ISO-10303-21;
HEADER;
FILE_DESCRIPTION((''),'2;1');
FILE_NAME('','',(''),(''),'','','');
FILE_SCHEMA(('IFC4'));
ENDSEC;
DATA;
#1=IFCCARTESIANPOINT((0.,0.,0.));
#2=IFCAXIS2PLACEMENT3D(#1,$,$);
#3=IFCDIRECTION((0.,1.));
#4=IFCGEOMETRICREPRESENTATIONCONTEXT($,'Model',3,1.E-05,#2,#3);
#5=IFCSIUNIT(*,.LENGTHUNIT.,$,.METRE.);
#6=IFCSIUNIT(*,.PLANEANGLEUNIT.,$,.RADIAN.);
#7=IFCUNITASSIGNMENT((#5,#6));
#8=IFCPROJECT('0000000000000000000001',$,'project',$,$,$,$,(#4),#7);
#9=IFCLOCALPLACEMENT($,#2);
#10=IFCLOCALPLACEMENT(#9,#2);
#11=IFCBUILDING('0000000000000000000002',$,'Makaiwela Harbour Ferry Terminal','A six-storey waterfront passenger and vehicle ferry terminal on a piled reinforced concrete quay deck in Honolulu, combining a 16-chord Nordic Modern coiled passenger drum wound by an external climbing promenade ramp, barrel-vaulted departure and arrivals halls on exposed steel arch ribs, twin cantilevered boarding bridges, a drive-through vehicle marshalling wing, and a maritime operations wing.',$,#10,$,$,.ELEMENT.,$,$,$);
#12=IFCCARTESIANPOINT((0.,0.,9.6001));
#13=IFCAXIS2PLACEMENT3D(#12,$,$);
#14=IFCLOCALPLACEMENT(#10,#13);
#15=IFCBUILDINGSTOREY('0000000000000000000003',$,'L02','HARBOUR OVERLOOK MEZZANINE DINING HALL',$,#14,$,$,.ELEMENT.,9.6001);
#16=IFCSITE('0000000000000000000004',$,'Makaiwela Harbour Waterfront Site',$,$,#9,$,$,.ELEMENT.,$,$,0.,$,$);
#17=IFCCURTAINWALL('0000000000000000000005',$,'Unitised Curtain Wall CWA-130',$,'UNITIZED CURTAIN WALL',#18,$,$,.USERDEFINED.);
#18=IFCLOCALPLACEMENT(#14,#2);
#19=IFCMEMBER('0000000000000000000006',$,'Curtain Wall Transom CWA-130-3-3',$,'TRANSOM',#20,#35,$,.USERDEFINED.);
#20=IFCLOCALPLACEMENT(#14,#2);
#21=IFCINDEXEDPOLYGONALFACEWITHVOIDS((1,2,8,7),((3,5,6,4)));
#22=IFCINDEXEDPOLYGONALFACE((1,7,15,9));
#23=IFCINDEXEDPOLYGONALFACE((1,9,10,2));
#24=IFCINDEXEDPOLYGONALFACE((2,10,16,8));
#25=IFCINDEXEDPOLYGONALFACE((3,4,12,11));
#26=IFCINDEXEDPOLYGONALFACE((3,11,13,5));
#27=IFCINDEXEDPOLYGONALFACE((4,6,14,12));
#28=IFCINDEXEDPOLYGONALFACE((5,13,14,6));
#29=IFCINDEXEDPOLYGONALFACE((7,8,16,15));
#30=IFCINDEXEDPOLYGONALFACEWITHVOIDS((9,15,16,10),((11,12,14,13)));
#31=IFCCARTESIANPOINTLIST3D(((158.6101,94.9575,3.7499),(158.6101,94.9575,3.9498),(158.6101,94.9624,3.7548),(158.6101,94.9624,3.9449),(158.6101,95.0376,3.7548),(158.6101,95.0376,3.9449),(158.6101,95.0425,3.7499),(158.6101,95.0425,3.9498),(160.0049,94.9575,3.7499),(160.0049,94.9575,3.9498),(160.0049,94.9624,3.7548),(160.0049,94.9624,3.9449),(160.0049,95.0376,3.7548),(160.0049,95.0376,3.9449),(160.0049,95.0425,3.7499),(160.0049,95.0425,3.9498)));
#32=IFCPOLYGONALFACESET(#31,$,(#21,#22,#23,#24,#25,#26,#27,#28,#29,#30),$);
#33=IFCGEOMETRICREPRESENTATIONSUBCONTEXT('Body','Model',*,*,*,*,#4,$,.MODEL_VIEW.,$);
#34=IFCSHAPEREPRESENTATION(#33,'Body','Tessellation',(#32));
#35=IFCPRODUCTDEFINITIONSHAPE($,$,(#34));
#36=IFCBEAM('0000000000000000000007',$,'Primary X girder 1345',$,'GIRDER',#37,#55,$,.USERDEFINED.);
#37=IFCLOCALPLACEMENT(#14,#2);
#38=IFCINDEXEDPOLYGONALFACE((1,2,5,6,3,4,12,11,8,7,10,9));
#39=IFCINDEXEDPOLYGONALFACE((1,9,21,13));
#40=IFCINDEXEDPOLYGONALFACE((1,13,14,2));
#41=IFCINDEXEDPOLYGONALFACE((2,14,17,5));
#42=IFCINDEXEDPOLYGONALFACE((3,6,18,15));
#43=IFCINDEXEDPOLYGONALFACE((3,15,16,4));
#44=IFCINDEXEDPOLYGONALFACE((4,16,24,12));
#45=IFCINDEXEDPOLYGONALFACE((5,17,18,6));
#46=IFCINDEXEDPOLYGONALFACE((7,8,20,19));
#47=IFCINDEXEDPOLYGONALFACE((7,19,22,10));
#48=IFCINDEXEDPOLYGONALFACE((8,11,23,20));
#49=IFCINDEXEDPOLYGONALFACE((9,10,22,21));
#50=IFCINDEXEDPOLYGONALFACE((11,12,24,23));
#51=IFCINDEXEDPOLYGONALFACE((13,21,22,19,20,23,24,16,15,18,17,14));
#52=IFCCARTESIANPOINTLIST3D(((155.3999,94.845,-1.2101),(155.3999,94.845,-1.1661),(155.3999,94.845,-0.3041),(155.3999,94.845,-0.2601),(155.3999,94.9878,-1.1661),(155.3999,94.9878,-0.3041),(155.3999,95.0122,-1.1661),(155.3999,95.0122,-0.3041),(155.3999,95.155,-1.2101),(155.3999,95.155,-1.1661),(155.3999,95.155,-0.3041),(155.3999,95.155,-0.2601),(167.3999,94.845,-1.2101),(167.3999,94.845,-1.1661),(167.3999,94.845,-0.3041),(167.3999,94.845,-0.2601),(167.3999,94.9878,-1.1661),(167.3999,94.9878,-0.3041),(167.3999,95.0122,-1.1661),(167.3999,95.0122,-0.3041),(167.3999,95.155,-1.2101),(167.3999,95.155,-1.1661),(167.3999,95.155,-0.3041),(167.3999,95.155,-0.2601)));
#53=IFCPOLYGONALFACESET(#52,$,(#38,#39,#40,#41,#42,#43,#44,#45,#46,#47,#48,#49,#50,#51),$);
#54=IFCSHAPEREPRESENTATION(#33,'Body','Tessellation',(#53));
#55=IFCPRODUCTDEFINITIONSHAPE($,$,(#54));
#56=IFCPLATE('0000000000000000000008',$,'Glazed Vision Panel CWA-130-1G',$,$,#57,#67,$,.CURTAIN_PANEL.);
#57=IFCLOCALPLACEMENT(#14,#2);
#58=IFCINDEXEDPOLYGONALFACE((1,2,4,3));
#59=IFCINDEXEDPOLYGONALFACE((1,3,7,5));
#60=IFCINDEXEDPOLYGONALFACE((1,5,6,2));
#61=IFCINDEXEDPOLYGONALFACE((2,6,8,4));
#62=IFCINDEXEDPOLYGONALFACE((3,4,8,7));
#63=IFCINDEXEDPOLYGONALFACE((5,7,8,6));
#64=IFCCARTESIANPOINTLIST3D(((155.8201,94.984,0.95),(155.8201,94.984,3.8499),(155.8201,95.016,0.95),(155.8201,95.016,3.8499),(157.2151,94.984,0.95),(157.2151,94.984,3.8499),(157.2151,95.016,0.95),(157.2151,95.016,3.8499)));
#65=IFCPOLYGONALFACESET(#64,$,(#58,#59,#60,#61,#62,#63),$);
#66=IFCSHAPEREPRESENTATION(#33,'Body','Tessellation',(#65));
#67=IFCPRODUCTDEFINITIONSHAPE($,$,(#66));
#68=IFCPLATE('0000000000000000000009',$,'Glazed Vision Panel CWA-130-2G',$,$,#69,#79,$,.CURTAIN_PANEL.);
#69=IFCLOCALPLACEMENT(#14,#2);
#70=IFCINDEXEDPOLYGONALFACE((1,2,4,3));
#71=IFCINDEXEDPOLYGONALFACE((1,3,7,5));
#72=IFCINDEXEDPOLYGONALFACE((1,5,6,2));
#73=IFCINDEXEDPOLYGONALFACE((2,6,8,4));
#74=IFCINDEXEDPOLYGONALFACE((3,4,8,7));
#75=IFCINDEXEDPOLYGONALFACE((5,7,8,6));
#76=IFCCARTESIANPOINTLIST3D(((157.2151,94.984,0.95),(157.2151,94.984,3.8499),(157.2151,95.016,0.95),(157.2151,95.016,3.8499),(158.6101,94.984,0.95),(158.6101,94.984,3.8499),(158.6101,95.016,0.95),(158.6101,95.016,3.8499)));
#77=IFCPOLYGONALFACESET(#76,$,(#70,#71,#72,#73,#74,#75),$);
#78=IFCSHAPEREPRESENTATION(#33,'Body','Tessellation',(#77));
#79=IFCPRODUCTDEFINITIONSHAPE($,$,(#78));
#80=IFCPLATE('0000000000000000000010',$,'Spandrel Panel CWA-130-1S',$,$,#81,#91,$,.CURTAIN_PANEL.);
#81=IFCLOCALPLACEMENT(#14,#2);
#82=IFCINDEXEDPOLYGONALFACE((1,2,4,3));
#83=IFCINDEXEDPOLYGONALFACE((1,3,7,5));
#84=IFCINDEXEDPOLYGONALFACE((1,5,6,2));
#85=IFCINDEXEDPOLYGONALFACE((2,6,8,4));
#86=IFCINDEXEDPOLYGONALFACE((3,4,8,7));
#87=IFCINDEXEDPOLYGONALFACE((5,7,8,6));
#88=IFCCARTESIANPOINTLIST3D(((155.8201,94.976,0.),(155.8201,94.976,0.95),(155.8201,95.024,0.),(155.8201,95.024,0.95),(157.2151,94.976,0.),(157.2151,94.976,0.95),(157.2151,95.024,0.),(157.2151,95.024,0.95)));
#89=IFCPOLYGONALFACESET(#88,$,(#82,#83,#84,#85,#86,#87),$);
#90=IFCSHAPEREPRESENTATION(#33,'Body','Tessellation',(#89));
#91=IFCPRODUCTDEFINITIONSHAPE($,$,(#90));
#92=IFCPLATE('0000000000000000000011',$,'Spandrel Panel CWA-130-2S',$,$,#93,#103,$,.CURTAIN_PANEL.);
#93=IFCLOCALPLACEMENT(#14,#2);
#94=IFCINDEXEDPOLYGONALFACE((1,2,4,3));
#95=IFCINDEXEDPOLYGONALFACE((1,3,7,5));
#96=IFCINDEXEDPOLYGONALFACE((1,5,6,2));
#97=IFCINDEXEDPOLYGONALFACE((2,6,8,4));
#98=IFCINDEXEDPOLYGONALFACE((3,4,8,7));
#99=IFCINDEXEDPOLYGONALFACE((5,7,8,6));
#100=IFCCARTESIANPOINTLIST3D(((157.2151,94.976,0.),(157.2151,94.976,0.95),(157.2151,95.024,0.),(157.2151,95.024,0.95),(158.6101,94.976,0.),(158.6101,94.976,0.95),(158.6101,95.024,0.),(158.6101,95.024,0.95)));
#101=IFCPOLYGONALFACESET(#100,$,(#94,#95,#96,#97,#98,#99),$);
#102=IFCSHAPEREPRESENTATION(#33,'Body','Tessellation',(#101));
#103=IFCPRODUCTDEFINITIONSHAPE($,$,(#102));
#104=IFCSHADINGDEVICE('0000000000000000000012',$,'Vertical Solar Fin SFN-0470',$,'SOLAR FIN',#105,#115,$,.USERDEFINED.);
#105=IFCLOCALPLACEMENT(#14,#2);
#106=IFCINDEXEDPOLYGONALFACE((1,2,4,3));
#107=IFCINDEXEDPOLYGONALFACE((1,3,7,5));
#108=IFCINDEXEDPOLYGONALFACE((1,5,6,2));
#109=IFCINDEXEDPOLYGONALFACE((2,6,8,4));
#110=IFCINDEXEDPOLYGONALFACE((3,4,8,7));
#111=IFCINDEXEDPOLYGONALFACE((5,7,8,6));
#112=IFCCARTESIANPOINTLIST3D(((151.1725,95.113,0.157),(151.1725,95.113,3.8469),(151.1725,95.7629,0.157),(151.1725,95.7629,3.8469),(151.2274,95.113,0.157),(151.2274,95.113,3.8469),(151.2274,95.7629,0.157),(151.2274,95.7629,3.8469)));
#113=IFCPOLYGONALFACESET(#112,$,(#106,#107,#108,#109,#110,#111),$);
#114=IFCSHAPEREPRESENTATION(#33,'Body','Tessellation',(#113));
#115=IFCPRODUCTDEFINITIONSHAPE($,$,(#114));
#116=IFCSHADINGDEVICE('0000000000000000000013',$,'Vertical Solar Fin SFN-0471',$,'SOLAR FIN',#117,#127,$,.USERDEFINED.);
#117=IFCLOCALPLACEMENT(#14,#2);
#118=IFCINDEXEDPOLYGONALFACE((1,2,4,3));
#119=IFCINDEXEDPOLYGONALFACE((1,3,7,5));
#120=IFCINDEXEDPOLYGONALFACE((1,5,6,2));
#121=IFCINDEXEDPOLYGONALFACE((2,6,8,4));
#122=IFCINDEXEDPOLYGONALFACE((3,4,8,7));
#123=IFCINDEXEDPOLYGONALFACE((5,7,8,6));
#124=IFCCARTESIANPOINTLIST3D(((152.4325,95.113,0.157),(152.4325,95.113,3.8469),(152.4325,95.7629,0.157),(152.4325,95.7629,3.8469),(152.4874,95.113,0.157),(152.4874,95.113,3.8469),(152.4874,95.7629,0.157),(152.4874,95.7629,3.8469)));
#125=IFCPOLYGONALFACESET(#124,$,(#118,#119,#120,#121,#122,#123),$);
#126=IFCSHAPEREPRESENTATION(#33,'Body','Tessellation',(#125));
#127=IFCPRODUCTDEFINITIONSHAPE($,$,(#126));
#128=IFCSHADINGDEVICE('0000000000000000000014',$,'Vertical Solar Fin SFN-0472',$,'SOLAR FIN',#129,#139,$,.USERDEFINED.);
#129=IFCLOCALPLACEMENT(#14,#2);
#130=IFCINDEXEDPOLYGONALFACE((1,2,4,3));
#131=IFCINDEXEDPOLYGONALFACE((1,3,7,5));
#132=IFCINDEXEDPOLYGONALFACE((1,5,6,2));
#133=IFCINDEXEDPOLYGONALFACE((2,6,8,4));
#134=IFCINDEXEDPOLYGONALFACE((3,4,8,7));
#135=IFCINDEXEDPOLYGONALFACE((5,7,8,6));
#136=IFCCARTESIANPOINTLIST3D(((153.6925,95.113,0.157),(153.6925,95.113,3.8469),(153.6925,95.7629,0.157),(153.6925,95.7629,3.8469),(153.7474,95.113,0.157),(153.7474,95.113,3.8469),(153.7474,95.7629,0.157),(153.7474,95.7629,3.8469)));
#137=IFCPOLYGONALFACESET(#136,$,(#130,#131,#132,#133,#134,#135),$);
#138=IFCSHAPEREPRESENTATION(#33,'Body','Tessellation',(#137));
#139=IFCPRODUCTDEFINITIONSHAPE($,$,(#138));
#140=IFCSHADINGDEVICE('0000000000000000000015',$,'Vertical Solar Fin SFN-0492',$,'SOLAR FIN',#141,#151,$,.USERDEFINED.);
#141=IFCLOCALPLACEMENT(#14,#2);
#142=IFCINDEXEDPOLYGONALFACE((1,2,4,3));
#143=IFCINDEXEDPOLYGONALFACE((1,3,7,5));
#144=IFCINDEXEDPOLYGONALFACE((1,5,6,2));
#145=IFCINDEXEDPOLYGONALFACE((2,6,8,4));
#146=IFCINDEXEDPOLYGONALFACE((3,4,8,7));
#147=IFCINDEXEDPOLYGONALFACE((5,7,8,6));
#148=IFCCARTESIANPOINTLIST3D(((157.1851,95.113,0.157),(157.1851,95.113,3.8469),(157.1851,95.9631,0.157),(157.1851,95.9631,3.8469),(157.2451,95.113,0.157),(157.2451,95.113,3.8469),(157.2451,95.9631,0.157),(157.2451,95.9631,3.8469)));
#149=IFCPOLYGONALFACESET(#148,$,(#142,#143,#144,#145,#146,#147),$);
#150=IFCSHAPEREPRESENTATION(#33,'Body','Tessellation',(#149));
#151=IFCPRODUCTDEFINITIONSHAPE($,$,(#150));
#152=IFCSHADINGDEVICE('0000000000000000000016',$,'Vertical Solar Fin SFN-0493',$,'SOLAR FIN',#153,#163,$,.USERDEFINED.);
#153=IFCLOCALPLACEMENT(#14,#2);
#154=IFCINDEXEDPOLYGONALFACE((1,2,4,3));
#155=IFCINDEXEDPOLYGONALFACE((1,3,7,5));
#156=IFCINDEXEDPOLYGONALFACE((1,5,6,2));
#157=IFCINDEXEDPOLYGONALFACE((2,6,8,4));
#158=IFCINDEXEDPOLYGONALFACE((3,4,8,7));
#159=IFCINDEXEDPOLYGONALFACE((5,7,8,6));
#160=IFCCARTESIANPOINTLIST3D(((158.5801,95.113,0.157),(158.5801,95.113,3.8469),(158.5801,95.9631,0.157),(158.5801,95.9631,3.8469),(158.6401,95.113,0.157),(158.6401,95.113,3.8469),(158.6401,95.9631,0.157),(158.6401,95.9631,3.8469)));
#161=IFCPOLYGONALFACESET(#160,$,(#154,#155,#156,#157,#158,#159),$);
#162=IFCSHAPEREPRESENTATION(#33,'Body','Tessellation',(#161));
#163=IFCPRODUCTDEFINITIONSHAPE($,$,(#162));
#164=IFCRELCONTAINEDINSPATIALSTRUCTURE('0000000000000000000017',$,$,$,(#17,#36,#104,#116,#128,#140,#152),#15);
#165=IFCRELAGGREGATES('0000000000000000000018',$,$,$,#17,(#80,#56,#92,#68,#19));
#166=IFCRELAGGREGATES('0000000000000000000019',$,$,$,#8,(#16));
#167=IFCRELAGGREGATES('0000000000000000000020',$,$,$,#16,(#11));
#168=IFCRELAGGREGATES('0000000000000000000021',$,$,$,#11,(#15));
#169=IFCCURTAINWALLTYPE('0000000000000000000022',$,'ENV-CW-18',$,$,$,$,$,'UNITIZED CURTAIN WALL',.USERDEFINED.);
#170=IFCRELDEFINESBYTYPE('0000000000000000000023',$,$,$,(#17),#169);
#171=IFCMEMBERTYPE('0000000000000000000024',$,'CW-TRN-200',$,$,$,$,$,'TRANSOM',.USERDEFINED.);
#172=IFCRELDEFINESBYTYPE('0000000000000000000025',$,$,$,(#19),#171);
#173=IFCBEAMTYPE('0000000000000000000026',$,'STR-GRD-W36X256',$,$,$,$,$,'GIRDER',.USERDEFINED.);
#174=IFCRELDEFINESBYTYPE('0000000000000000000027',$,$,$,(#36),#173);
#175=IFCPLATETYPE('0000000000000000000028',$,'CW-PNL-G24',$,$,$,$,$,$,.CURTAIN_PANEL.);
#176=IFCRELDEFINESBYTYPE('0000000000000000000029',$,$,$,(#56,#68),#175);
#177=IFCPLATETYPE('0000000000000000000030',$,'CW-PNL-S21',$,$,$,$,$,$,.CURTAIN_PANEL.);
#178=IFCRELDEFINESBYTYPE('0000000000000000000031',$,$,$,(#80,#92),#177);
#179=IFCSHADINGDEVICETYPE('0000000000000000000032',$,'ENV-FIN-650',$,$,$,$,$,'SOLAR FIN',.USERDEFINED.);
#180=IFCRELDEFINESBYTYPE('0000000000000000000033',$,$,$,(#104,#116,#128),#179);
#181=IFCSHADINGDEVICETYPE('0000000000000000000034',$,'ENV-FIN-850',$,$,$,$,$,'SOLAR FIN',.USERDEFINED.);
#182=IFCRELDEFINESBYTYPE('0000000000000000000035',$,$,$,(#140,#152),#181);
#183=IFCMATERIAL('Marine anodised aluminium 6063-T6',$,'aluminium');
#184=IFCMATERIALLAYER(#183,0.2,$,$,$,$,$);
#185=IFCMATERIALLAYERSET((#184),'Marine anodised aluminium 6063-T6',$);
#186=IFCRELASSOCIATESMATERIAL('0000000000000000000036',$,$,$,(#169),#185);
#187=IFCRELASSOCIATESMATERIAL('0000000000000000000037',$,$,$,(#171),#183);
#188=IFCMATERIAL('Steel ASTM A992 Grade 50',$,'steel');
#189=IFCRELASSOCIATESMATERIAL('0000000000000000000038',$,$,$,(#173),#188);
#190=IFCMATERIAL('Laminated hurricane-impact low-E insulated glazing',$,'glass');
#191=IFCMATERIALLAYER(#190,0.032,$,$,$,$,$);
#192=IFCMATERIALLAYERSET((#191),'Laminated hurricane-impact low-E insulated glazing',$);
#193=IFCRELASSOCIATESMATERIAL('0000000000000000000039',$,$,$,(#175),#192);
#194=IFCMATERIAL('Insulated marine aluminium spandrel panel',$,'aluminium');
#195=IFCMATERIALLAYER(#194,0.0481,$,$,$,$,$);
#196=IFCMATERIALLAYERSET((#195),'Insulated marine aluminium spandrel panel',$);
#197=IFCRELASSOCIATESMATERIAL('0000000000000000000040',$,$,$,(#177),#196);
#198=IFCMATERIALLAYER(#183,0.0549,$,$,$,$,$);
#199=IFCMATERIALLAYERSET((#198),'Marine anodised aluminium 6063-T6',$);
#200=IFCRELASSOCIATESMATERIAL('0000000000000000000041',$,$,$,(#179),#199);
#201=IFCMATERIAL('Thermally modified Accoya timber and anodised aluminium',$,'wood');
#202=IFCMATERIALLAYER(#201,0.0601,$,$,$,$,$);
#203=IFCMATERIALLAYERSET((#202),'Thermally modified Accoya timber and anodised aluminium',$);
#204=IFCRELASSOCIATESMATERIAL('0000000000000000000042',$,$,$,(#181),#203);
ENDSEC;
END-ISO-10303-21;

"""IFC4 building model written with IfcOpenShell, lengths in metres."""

from ifc_helpers import new_model, si_unit, direction, frame, origin, origin_2d, place, context, subcontext, project, spatial, rectangle, hollow_rectangle, i_section, extrude, material, layer, layer_set, material_profile, profile_set, type_object, element, aggregate, save


model = new_model("IFC4")

# Units and contexts
model_context = context("Model", 3, precision=1e-05, world=origin(), true_north=direction((0.0, 1.0)))
body_context = subcontext(model_context, "Body", "Model", "MODEL_VIEW")
ifc_project = project(units=[si_unit("LENGTHUNIT", "METRE"), si_unit("PLANEANGLEUNIT", "RADIAN")], contexts=[model_context])

# Site, building, storey
site_placement = place(None, origin())
site = spatial("IfcSite", under=ifc_project, at=site_placement, Name="Makaiwela Harbour Waterfront Site", CompositionType="ELEMENT", RefElevation=0.0)
building_placement = place(site_placement, origin())
building = spatial("IfcBuilding", under=site, at=building_placement, Name="Makaiwela Harbour Ferry Terminal", Description="A six-storey waterfront passenger and vehicle ferry terminal on a piled reinforced concrete quay deck in Honolulu, combining a 16-chord Nordic Modern coiled passenger drum wound by an external climbing promenade ramp, barrel-vaulted departure and arrivals halls on exposed steel arch ribs, twin cantilevered boarding bridges, a drive-through vehicle marshalling wing, and a maritime operations wing.", CompositionType="ELEMENT")
storey_placement = place(building_placement, frame((0.0, 0.0, 9.6001)))
storey = spatial("IfcBuildingStorey", under=building, at=storey_placement, Name="L02", Description="HARBOUR OVERLOOK MEZZANINE DINING HALL", CompositionType="ELEMENT", Elevation=9.6001)

# Curtain wall, member
ifc_material_1 = material(Name="Marine anodised aluminium 6063-T6", Category="aluminium")
ifc_layer_1 = layer(ifc_material_1, 0.2)
ifc_layer_set_1 = layer_set([ifc_layer_1], Name="Marine anodised aluminium 6063-T6")
curtain_wall_type = type_object("IfcCurtainWallType", Name="ENV-CW-18", ElementType="UNITIZED CURTAIN WALL", PredefinedType="USERDEFINED", material=ifc_layer_set_1)
curtain_wall_placement = place(storey_placement, origin())
curtain_wall = element("IfcCurtainWall", 1, at=curtain_wall_placement, inside=storey, type_object=curtain_wall_type, Name="Unitised Curtain Wall CWA-130", ObjectType="UNITIZED CURTAIN WALL", PredefinedType="USERDEFINED")
ifc_material_profile_1 = material_profile(ifc_material_1, hollow_rectangle(XDim=0.085, YDim=0.2, WallThickness=0.0049, at=origin_2d()), Name="CWT-200X85")
ifc_profile_set_1 = profile_set([ifc_material_profile_1], Name="Marine anodised aluminium 6063-T6")
member_type_1 = type_object("IfcMemberType", Name="CW-TRN-200", ElementType="TRANSOM", PredefinedType="USERDEFINED", material=ifc_profile_set_1)
member_1_placement = place(storey_placement, frame((158.6101, 95.0, 3.8499), z_axis=(1.0, 0.0, 0.0), x_axis=(0.0, 1.0, 0.0)))
member_1 = element("IfcMember", 2, at=member_1_placement, type_object=member_type_1, Name="Curtain Wall Transom CWA-130-3-3", ObjectType="TRANSOM", PredefinedType="USERDEFINED", context=body_context, shape_type="SweptSolid", body=[
    extrude(hollow_rectangle(XDim=0.085, YDim=0.2, WallThickness=0.0049, at=origin_2d()), origin(), (0.0, 0.0, 1.0), 1.3948),
])

# Beam
ifc_material_2 = material(Name="Steel ASTM A992 Grade 50", Category="steel")
ifc_material_profile_2 = material_profile(ifc_material_2, i_section(OverallWidth=0.3101, OverallDepth=0.95, WebThickness=0.0244, FlangeThickness=0.0439, at=origin_2d()), Name="W36X256")
ifc_profile_set_2 = profile_set([ifc_material_profile_2], Name="Steel ASTM A992 Grade 50")
beam_type = type_object("IfcBeamType", Name="STR-GRD-W36X256", ElementType="GIRDER", PredefinedType="USERDEFINED", material=ifc_profile_set_2)
beam_placement = place(storey_placement, frame((155.3999, 95.0, -0.7351), z_axis=(1.0, 0.0, 0.0), x_axis=(0.0, 1.0, 0.0)))
element("IfcBeam", 3, at=beam_placement, inside=storey, type_object=beam_type, Name="Primary X girder 1345", ObjectType="GIRDER", PredefinedType="USERDEFINED", context=body_context, shape_type="SweptSolid", body=[
    extrude(i_section(OverallWidth=0.3101, OverallDepth=0.95, WebThickness=0.0244, FlangeThickness=0.0439, at=origin_2d()), origin(), (0.0, 0.0, 1.0), 12.0),
])

# Plates
ifc_material_3 = material(Name="Laminated hurricane-impact low-E insulated glazing", Category="glass")
ifc_layer_2 = layer(ifc_material_3, 0.032)
ifc_layer_set_2 = layer_set([ifc_layer_2], Name="Laminated hurricane-impact low-E insulated glazing")
plate_type_1 = type_object("IfcPlateType", Name="CW-PNL-G24", PredefinedType="CURTAIN_PANEL", material=ifc_layer_set_2)
plate_1_placement = place(storey_placement, frame((156.5176, 95.0, 0.95), z_axis=(0.0, 0.0, 1.0), x_axis=(1.0, 0.0, 0.0)))
plate_1 = element("IfcPlate", 4, at=plate_1_placement, type_object=plate_type_1, Name="Glazed Vision Panel CWA-130-1G", PredefinedType="CURTAIN_PANEL", context=body_context, shape_type="SweptSolid", body=[
    extrude(rectangle(XDim=1.395, YDim=0.032, at=origin_2d()), origin(), (0.0, 0.0, 1.0), 2.8999),
])
plate_2_placement = place(storey_placement, frame((157.9126, 95.0, 0.95), z_axis=(0.0, 0.0, 1.0), x_axis=(1.0, 0.0, 0.0)))
plate_2 = element("IfcPlate", 5, at=plate_2_placement, type_object=plate_type_1, Name="Glazed Vision Panel CWA-130-2G", PredefinedType="CURTAIN_PANEL", context=body_context, shape_type="SweptSolid", body=[
    extrude(rectangle(XDim=1.395, YDim=0.032, at=origin_2d()), origin(), (0.0, 0.0, 1.0), 2.8999),
])
ifc_material_4 = material(Name="Insulated marine aluminium spandrel panel", Category="aluminium")
ifc_layer_3 = layer(ifc_material_4, 0.0481)
ifc_layer_set_3 = layer_set([ifc_layer_3], Name="Insulated marine aluminium spandrel panel")
plate_type_2 = type_object("IfcPlateType", Name="CW-PNL-S21", PredefinedType="CURTAIN_PANEL", material=ifc_layer_set_3)
plate_3_placement = place(storey_placement, frame((156.5176, 95.0, 0.0), z_axis=(0.0, 0.0, 1.0), x_axis=(1.0, 0.0, 0.0)))
plate_3 = element("IfcPlate", 6, at=plate_3_placement, type_object=plate_type_2, Name="Spandrel Panel CWA-130-1S", PredefinedType="CURTAIN_PANEL", context=body_context, shape_type="SweptSolid", body=[
    extrude(rectangle(XDim=1.395, YDim=0.0481, at=origin_2d()), origin(), (0.0, 0.0, 1.0), 0.95),
])
plate_4_placement = place(storey_placement, frame((157.9126, 95.0, 0.0), z_axis=(0.0, 0.0, 1.0), x_axis=(1.0, 0.0, 0.0)))
plate_4 = element("IfcPlate", 7, at=plate_4_placement, type_object=plate_type_2, Name="Spandrel Panel CWA-130-2S", PredefinedType="CURTAIN_PANEL", context=body_context, shape_type="SweptSolid", body=[
    extrude(rectangle(XDim=1.395, YDim=0.0481, at=origin_2d()), origin(), (0.0, 0.0, 1.0), 0.95),
])
aggregate(curtain_wall, [plate_3, plate_1, plate_4, plate_2, member_1])

# Shading devices
ifc_layer_4 = layer(ifc_material_1, 0.0549)
ifc_layer_set_4 = layer_set([ifc_layer_4], Name="Marine anodised aluminium 6063-T6")
shading_device_type_1 = type_object("IfcShadingDeviceType", Name="ENV-FIN-650", ElementType="SOLAR FIN", PredefinedType="USERDEFINED", material=ifc_layer_set_4)
for number, where, z_axis, x_axis, name in (
    (8, (151.2, 95.438, 0.157), (0.0, 0.0, 1.0), (0.0, 1.0, 0.0), "Vertical Solar Fin SFN-0470"),
    (9, (152.46, 95.438, 0.157), (0.0, 0.0, 1.0), (0.0, 1.0, 0.0), "Vertical Solar Fin SFN-0471"),
    (10, (153.72, 95.438, 0.157), (0.0, 0.0, 1.0), (0.0, 1.0, 0.0), "Vertical Solar Fin SFN-0472"),
):
    element("IfcShadingDevice", number, at=place(storey_placement, frame(where, z_axis=z_axis, x_axis=x_axis)), inside=storey, type_object=shading_device_type_1, Name=name, ObjectType="SOLAR FIN", PredefinedType="USERDEFINED", context=body_context, shape_type="SweptSolid", body=[
        extrude(rectangle(XDim=0.6499, YDim=0.0549, at=origin_2d()), origin(), (0.0, 0.0, 1.0), 3.6899),
    ])
ifc_material_5 = material(Name="Thermally modified Accoya timber and anodised aluminium", Category="wood")
ifc_layer_5 = layer(ifc_material_5, 0.0601)
ifc_layer_set_5 = layer_set([ifc_layer_5], Name="Thermally modified Accoya timber and anodised aluminium")
shading_device_type_2 = type_object("IfcShadingDeviceType", Name="ENV-FIN-850", ElementType="SOLAR FIN", PredefinedType="USERDEFINED", material=ifc_layer_set_5)
for number, where, z_axis, x_axis, name in (
    (11, (157.2151, 95.5381, 0.157), (0.0, 0.0, 1.0), (0.0, 1.0, 0.0), "Vertical Solar Fin SFN-0492"),
    (12, (158.6101, 95.5381, 0.157), (0.0, 0.0, 1.0), (0.0, 1.0, 0.0), "Vertical Solar Fin SFN-0493"),
):
    element("IfcShadingDevice", number, at=place(storey_placement, frame(where, z_axis=z_axis, x_axis=x_axis)), inside=storey, type_object=shading_device_type_2, Name=name, ObjectType="SOLAR FIN", PredefinedType="USERDEFINED", context=body_context, shape_type="SweptSolid", body=[
        extrude(rectangle(XDim=0.8501, YDim=0.0601, at=origin_2d()), origin(), (0.0, 0.0, 1.0), 3.6899),
    ])

save(model, "model.ifc")
